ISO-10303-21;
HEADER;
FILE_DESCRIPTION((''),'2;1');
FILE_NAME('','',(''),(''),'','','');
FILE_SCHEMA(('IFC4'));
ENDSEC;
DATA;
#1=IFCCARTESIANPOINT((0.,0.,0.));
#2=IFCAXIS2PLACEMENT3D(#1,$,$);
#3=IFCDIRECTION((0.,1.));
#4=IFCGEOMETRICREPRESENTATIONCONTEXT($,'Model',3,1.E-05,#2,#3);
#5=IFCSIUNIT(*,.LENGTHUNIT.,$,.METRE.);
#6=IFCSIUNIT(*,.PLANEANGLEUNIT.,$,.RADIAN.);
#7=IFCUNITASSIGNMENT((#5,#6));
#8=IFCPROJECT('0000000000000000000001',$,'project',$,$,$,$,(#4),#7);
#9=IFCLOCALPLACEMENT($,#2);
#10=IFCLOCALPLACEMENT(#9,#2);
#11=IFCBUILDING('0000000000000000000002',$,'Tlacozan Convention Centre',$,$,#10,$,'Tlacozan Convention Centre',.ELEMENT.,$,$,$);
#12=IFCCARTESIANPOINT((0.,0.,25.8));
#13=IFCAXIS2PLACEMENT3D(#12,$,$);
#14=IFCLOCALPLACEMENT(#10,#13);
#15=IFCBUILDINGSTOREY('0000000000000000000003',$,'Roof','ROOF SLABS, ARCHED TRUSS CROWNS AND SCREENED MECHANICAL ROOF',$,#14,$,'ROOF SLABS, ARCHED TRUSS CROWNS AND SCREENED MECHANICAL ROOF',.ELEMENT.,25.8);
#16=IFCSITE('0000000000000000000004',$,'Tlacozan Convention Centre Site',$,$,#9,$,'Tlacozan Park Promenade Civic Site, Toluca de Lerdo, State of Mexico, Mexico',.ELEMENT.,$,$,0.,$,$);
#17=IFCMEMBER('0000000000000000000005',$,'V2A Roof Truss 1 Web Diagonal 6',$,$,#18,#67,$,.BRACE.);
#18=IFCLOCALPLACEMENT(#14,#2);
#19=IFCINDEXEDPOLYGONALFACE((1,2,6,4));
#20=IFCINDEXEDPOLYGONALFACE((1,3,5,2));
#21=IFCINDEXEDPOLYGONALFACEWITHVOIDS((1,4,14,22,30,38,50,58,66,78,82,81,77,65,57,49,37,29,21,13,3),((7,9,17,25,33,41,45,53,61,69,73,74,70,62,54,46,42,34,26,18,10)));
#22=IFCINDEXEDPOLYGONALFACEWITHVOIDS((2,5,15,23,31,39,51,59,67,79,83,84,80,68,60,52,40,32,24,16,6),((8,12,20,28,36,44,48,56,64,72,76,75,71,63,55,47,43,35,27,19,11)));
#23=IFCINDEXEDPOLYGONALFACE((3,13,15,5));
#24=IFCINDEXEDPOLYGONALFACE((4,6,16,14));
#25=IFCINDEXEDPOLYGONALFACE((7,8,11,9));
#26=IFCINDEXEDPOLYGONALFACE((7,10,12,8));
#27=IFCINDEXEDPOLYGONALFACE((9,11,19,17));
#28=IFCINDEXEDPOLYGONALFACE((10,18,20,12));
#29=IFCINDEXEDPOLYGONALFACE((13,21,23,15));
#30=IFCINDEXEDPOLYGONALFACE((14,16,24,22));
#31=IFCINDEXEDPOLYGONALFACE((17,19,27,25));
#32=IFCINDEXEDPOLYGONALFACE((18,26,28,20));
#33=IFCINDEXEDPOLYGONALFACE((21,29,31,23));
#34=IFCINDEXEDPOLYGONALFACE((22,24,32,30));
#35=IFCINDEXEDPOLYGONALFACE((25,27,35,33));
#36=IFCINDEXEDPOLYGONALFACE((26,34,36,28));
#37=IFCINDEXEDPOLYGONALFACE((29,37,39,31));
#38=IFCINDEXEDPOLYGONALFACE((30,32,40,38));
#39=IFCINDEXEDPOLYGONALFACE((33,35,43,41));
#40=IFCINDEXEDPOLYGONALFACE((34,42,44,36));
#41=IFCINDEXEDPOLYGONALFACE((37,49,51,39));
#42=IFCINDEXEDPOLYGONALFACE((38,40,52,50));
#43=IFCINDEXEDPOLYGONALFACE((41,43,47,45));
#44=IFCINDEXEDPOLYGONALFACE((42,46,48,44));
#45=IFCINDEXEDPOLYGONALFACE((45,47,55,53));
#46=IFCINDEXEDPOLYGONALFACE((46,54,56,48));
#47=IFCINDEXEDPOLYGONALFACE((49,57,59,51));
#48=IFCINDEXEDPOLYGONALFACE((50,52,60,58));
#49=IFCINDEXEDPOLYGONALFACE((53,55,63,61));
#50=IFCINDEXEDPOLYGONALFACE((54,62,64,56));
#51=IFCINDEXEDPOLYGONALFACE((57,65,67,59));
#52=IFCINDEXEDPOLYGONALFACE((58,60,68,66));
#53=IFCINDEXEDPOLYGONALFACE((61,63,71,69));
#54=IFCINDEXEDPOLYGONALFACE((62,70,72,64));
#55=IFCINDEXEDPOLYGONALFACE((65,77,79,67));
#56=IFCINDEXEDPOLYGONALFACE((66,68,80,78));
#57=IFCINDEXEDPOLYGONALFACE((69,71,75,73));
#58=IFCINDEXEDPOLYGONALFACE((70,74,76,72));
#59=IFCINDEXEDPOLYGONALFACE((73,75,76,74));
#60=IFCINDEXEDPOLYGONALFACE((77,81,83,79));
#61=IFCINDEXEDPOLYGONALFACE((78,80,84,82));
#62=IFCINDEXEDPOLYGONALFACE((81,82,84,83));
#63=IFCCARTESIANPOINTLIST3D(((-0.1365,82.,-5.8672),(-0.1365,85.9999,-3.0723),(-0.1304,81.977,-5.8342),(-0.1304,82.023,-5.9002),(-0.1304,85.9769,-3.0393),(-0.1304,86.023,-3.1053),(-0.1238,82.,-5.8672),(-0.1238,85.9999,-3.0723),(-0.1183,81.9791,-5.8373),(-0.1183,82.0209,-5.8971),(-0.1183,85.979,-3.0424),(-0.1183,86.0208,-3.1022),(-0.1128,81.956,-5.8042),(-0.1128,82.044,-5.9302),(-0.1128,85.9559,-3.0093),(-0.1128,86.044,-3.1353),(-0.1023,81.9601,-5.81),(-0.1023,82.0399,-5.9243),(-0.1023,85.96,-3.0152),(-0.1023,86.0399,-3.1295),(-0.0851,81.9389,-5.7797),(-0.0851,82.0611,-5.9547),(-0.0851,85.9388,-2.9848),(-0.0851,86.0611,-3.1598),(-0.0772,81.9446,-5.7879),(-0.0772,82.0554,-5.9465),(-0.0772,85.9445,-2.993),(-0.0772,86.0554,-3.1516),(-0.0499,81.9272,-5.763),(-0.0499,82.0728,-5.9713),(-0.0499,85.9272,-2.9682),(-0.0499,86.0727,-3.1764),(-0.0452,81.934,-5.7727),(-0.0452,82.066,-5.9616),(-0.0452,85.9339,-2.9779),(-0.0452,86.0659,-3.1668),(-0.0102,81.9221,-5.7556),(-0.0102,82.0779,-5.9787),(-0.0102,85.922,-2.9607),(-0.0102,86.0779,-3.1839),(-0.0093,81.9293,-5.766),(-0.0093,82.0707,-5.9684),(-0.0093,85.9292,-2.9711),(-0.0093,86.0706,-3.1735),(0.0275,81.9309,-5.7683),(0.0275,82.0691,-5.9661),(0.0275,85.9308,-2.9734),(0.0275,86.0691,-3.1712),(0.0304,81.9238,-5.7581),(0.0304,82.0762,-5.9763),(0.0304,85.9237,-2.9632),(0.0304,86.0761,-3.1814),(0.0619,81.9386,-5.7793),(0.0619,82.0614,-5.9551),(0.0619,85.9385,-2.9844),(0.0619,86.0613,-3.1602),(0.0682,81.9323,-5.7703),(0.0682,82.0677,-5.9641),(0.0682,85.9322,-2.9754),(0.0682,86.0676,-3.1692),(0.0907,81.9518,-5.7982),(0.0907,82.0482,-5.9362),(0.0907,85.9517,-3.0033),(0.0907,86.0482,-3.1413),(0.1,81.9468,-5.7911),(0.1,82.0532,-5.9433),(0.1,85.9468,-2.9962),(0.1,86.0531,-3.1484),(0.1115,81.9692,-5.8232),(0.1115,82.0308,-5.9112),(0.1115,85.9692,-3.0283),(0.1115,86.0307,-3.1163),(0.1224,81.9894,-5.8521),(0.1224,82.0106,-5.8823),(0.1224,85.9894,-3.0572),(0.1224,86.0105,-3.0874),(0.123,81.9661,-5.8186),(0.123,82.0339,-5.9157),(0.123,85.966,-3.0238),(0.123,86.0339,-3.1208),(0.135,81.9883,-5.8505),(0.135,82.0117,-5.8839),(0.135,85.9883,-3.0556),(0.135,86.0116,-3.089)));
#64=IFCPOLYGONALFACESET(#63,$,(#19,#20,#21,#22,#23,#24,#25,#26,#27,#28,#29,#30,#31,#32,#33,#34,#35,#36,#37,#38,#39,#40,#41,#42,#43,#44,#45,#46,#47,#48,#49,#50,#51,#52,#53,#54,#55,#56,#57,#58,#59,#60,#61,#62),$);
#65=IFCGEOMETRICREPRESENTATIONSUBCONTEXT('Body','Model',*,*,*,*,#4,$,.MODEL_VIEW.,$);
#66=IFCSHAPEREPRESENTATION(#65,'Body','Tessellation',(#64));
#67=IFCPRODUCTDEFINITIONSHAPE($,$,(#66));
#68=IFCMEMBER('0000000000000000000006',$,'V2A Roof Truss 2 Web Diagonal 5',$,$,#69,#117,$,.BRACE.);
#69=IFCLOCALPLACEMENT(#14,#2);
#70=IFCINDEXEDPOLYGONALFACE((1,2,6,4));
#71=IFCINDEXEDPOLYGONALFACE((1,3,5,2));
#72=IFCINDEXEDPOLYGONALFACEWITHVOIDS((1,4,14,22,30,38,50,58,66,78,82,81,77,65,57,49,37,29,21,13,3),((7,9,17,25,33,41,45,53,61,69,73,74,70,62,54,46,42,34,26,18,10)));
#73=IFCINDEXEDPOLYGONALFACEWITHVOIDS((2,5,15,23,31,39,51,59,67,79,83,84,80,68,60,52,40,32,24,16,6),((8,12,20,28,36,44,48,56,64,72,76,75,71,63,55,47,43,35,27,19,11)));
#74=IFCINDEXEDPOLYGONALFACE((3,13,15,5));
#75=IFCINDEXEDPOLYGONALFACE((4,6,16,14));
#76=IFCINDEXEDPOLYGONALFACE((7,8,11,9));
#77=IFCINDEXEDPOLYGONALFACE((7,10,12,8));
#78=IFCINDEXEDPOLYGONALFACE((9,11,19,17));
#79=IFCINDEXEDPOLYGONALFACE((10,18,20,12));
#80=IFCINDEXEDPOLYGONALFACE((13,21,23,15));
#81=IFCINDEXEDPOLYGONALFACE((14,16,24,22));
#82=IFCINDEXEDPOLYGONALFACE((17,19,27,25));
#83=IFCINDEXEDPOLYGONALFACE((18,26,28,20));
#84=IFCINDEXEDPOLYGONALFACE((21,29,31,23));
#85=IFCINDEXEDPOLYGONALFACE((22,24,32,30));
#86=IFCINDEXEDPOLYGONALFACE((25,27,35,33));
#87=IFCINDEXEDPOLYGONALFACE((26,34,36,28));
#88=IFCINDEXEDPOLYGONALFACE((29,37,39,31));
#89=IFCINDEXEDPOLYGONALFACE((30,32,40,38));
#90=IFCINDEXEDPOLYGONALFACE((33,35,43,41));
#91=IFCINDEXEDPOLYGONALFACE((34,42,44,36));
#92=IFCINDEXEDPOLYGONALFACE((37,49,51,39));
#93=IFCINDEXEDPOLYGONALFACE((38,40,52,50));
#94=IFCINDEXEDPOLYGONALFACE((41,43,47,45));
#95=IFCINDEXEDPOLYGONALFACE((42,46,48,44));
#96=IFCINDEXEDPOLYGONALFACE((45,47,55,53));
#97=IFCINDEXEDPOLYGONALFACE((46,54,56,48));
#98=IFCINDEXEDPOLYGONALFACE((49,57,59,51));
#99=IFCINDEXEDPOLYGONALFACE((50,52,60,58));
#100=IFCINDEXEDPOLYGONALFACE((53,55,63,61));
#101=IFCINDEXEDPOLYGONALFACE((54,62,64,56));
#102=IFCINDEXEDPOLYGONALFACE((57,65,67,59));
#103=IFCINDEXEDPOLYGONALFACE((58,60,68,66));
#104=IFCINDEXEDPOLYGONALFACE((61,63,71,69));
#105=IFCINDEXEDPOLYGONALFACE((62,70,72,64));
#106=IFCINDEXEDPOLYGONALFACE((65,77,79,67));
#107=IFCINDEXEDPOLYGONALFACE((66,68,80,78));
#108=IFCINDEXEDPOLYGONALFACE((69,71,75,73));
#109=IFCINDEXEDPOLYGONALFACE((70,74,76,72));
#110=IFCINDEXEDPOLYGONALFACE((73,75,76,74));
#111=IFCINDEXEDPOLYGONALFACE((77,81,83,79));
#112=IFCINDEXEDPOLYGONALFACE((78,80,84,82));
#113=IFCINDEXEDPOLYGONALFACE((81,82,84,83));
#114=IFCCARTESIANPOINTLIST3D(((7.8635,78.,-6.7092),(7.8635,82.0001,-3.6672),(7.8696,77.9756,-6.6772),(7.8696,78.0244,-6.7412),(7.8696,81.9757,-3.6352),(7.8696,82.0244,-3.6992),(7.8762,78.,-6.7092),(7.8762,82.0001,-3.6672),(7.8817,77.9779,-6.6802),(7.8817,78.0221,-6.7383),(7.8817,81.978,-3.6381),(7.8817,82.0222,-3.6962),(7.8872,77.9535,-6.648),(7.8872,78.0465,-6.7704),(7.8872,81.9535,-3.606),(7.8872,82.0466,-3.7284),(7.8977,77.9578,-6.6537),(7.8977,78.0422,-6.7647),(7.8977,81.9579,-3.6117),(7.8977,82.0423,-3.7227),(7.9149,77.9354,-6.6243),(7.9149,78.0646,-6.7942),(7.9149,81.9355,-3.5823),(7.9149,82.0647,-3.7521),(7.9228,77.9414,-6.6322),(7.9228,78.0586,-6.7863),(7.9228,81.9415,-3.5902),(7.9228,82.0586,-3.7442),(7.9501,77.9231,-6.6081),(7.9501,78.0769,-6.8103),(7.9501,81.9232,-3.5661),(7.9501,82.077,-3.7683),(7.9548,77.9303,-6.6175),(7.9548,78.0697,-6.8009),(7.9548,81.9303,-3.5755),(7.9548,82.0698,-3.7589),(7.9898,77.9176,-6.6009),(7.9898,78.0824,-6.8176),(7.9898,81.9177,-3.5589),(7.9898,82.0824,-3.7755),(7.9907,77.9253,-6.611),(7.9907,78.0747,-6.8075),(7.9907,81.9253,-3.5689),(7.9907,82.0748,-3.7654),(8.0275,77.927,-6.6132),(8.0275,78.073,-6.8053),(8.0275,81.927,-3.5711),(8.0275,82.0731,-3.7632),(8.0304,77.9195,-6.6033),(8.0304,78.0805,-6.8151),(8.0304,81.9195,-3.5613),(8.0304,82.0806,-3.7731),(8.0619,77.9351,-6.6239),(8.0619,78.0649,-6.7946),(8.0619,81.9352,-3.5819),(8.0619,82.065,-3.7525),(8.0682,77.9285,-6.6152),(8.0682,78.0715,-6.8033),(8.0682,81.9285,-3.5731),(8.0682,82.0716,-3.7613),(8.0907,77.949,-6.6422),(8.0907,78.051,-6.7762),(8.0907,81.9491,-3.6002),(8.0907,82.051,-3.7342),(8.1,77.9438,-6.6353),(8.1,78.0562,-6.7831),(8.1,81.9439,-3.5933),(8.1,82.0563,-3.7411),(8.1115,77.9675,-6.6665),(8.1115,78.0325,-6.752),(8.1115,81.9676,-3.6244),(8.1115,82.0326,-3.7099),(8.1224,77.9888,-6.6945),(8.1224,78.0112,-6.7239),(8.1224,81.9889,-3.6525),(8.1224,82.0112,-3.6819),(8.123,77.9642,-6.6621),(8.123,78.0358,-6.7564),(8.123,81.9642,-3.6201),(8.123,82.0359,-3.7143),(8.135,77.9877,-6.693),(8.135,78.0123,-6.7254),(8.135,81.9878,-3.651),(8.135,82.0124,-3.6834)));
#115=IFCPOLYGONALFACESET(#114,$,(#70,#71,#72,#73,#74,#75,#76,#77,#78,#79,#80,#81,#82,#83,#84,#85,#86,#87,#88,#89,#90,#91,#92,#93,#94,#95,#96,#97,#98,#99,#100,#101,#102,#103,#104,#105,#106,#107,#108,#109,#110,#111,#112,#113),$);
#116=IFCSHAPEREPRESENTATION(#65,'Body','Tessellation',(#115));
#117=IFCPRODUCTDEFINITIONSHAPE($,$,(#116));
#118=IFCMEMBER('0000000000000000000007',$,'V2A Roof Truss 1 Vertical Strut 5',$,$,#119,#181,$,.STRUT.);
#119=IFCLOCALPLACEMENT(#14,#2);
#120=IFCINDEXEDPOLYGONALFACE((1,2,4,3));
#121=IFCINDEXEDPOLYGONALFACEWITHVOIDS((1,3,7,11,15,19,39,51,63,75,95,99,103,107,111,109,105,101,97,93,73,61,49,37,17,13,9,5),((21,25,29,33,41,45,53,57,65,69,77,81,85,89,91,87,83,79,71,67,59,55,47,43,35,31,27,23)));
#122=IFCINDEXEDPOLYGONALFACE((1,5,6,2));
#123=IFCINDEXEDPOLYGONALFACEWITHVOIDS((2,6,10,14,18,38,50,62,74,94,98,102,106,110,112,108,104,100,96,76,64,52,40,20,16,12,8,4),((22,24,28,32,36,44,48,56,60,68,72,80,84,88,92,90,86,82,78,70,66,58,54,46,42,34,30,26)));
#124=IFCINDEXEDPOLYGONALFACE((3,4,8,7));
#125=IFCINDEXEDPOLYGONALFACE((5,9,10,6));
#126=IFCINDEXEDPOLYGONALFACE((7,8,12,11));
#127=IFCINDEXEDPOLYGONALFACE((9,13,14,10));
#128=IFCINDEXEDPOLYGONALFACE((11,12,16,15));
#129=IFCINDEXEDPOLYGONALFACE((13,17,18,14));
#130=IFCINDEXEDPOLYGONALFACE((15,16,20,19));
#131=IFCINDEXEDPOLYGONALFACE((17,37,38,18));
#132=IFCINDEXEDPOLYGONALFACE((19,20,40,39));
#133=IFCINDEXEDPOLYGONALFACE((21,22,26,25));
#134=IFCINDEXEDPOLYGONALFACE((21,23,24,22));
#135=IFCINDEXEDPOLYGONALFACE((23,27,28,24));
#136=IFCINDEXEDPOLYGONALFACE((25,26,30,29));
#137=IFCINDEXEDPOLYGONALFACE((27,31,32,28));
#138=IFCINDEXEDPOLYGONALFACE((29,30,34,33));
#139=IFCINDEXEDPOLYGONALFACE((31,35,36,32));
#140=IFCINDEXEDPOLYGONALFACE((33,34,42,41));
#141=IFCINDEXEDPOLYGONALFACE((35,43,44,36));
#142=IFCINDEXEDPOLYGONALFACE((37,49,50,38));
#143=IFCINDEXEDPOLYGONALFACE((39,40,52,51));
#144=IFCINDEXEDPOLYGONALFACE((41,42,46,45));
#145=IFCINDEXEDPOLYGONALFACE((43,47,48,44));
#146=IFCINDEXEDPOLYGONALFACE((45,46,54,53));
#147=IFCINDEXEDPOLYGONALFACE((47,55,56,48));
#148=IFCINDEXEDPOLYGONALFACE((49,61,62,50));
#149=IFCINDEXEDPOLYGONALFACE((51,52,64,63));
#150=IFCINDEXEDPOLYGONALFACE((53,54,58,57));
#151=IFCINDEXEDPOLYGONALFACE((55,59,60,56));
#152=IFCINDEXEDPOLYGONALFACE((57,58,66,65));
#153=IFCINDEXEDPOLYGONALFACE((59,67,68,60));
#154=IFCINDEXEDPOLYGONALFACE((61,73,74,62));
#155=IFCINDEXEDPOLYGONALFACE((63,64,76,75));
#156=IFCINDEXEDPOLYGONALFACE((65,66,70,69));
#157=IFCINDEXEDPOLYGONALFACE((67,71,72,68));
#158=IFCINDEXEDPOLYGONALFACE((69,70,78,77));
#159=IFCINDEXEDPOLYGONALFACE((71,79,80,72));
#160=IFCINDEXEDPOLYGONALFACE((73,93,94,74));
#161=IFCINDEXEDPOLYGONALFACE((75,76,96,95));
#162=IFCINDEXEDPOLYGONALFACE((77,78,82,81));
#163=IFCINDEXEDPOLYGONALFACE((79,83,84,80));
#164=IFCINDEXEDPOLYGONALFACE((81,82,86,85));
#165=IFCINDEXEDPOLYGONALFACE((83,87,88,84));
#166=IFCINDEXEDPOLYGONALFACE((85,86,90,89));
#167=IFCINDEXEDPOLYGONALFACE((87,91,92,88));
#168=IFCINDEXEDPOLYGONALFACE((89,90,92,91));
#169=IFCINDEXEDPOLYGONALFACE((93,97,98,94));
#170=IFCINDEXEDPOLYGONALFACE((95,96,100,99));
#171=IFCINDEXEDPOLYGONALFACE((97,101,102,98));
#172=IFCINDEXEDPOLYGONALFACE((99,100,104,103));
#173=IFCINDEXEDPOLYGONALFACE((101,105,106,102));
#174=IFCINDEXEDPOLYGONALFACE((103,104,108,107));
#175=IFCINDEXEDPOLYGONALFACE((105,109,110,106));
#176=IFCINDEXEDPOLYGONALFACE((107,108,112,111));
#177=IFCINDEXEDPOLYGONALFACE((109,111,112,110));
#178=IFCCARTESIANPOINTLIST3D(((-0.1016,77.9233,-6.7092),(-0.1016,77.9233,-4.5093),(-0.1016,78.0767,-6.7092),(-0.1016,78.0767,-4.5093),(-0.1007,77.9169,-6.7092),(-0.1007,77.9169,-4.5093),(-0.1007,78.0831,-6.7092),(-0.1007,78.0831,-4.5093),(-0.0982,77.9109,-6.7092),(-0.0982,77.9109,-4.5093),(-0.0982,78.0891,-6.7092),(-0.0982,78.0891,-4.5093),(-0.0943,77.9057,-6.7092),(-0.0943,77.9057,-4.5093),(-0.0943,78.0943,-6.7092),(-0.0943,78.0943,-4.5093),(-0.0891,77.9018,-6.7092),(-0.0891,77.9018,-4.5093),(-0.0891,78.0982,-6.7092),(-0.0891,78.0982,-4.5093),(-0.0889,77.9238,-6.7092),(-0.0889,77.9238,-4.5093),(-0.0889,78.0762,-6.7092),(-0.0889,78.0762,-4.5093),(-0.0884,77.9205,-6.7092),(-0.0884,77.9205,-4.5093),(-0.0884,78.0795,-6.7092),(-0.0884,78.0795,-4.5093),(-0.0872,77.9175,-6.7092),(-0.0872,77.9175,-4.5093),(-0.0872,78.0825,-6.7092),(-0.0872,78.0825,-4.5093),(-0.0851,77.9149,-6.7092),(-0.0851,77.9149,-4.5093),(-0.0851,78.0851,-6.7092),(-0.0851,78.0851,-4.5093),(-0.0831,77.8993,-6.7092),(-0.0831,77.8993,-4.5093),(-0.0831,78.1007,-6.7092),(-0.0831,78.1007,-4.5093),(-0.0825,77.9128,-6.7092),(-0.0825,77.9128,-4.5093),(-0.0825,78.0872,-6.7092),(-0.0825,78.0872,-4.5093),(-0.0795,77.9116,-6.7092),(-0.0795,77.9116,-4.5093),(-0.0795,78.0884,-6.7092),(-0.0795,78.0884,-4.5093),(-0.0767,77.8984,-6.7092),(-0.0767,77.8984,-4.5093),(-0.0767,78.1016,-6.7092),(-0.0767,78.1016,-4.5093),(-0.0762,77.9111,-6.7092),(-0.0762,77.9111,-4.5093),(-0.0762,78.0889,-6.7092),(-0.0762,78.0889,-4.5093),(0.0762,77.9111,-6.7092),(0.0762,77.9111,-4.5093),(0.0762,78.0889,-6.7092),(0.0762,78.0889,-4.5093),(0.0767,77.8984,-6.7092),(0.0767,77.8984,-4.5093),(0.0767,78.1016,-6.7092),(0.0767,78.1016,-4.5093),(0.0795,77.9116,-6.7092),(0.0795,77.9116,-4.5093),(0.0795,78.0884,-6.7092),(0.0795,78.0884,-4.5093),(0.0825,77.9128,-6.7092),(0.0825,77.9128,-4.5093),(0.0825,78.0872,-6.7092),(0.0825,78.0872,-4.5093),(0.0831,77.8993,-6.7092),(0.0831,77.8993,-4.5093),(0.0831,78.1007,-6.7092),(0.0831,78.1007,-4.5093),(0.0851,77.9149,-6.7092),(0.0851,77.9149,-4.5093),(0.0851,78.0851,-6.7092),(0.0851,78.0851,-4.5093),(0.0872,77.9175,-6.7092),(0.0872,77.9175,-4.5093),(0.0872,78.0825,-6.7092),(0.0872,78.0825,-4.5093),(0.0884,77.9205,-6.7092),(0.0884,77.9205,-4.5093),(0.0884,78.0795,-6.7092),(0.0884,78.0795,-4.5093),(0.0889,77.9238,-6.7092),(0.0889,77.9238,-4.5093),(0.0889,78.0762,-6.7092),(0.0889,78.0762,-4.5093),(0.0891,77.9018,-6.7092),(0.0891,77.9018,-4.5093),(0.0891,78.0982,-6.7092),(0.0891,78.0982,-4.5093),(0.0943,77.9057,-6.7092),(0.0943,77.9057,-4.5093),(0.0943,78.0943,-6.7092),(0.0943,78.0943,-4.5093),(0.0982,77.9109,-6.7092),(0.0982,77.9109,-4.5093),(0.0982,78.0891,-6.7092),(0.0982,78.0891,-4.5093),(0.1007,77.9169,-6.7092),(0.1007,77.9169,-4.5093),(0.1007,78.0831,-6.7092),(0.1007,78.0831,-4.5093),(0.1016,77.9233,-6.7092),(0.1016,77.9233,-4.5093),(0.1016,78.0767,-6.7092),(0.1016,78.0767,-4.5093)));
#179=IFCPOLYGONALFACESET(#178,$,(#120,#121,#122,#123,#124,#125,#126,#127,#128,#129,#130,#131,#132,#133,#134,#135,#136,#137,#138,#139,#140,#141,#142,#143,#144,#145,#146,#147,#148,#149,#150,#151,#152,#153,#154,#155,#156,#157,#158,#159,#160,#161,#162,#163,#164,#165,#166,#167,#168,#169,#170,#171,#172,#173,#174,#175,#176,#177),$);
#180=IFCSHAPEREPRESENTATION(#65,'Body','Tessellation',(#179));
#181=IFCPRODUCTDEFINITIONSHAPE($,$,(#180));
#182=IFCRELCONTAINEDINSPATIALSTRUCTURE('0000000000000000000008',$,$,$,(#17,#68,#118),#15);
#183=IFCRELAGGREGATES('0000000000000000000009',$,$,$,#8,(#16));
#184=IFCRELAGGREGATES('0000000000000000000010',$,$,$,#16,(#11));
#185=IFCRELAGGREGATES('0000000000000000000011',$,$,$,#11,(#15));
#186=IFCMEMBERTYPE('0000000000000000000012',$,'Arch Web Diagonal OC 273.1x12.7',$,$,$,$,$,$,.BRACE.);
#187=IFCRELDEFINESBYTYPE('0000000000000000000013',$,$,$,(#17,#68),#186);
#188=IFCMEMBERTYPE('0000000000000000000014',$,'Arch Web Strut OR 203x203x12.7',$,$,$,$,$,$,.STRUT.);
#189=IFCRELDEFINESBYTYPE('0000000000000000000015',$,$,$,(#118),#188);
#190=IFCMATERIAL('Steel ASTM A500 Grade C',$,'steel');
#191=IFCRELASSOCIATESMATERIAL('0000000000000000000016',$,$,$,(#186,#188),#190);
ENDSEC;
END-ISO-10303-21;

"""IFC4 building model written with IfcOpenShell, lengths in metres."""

from ifc_helpers import new_model, si_unit, direction, frame, origin, origin_2d, place, context, subcontext, project, spatial, hollow_rectangle, hollow_circle, extrude, material, material_profile, profile_set, type_object, element, save


model = new_model("IFC4")

# Units and contexts
model_context = context("Model", 3, precision=1e-05, world=origin(), true_north=direction((0.0, 1.0)))
body_context = subcontext(model_context, "Body", "Model", "MODEL_VIEW")
ifc_project = project(units=[si_unit("LENGTHUNIT", "METRE"), si_unit("PLANEANGLEUNIT", "RADIAN")], contexts=[model_context])

# Site, building, storey
site_placement = place(None, origin())
site = spatial("IfcSite", under=ifc_project, at=site_placement, Name="Tlacozan Convention Centre Site", LongName="Tlacozan Park Promenade Civic Site, Toluca de Lerdo, State of Mexico, Mexico", CompositionType="ELEMENT", RefElevation=0.0)
building_placement = place(site_placement, origin())
building = spatial("IfcBuilding", under=site, at=building_placement, Name="Tlacozan Convention Centre", LongName="Tlacozan Convention Centre", CompositionType="ELEMENT")
storey_placement = place(building_placement, frame((0.0, 0.0, 25.8)))
storey = spatial("IfcBuildingStorey", under=building, at=storey_placement, Name="Roof", Description="ROOF SLABS, ARCHED TRUSS CROWNS AND SCREENED MECHANICAL ROOF", LongName="ROOF SLABS, ARCHED TRUSS CROWNS AND SCREENED MECHANICAL ROOF", CompositionType="ELEMENT", Elevation=25.8)

# Members
ifc_material_1 = material(Name="Steel ASTM A500 Grade C", Category="steel")
ifc_material_profile_1 = material_profile(ifc_material_1, hollow_circle(Radius=0.1365, WallThickness=0.0127, at=origin_2d()), Name="OC 273.1x12.7")
ifc_profile_set_1 = profile_set([ifc_material_profile_1], Name="Steel ASTM A500 Grade C")
member_type_1 = type_object("IfcMemberType", Name="Arch Web Diagonal OC 273.1x12.7", PredefinedType="BRACE", material=ifc_profile_set_1)
member_1_placement = place(storey_placement, frame((0.0, 82.0, -5.8672), z_axis=(0.0, 0.819721, 0.572764), x_axis=(-1.0, 0.0, 0.0)))
element("IfcMember", 1, at=member_1_placement, inside=storey, type_object=member_type_1, Name="V2A Roof Truss 1 Web Diagonal 6", PredefinedType="BRACE", context=body_context, shape_type="SweptSolid", body=[
    extrude(hollow_circle(Radius=0.1365, WallThickness=0.0127, at=origin_2d()), origin(), (0.0, 0.0, 1.0), 4.8796),
])
member_2_placement = place(storey_placement, frame((8.0, 78.0, -6.7092), z_axis=(0.0, 0.795971, 0.605335), x_axis=(-1.0, 0.0, 0.0)))
element("IfcMember", 2, at=member_2_placement, inside=storey, type_object=member_type_1, Name="V2A Roof Truss 2 Web Diagonal 5", PredefinedType="BRACE", context=body_context, shape_type="SweptSolid", body=[
    extrude(hollow_circle(Radius=0.1365, WallThickness=0.0127, at=origin_2d()), origin(), (0.0, 0.0, 1.0), 5.0254),
])
ifc_material_profile_2 = material_profile(ifc_material_1, hollow_rectangle(XDim=0.2031, YDim=0.2031, WallThickness=0.0127, InnerFilletRadius=0.0127, OuterFilletRadius=0.0249, at=origin_2d()), Name="OR 203x203x12.7")
ifc_profile_set_2 = profile_set([ifc_material_profile_2], Name="Steel ASTM A500 Grade C")
member_type_2 = type_object("IfcMemberType", Name="Arch Web Strut OR 203x203x12.7", PredefinedType="STRUT", material=ifc_profile_set_2)
member_3_placement = place(storey_placement, frame((0.0, 78.0, -6.7092), z_axis=(0.0, 0.0, 1.0), x_axis=(1.0, 0.0, 0.0)))
element("IfcMember", 3, at=member_3_placement, inside=storey, type_object=member_type_2, Name="V2A Roof Truss 1 Vertical Strut 5", PredefinedType="STRUT", context=body_context, shape_type="SweptSolid", body=[
    extrude(hollow_rectangle(XDim=0.2031, YDim=0.2031, WallThickness=0.0127, InnerFilletRadius=0.0127, OuterFilletRadius=0.0249, at=origin_2d()), origin(), (0.0, 0.0, 1.0), 2.2),
])

save(model, "model.ifc")
